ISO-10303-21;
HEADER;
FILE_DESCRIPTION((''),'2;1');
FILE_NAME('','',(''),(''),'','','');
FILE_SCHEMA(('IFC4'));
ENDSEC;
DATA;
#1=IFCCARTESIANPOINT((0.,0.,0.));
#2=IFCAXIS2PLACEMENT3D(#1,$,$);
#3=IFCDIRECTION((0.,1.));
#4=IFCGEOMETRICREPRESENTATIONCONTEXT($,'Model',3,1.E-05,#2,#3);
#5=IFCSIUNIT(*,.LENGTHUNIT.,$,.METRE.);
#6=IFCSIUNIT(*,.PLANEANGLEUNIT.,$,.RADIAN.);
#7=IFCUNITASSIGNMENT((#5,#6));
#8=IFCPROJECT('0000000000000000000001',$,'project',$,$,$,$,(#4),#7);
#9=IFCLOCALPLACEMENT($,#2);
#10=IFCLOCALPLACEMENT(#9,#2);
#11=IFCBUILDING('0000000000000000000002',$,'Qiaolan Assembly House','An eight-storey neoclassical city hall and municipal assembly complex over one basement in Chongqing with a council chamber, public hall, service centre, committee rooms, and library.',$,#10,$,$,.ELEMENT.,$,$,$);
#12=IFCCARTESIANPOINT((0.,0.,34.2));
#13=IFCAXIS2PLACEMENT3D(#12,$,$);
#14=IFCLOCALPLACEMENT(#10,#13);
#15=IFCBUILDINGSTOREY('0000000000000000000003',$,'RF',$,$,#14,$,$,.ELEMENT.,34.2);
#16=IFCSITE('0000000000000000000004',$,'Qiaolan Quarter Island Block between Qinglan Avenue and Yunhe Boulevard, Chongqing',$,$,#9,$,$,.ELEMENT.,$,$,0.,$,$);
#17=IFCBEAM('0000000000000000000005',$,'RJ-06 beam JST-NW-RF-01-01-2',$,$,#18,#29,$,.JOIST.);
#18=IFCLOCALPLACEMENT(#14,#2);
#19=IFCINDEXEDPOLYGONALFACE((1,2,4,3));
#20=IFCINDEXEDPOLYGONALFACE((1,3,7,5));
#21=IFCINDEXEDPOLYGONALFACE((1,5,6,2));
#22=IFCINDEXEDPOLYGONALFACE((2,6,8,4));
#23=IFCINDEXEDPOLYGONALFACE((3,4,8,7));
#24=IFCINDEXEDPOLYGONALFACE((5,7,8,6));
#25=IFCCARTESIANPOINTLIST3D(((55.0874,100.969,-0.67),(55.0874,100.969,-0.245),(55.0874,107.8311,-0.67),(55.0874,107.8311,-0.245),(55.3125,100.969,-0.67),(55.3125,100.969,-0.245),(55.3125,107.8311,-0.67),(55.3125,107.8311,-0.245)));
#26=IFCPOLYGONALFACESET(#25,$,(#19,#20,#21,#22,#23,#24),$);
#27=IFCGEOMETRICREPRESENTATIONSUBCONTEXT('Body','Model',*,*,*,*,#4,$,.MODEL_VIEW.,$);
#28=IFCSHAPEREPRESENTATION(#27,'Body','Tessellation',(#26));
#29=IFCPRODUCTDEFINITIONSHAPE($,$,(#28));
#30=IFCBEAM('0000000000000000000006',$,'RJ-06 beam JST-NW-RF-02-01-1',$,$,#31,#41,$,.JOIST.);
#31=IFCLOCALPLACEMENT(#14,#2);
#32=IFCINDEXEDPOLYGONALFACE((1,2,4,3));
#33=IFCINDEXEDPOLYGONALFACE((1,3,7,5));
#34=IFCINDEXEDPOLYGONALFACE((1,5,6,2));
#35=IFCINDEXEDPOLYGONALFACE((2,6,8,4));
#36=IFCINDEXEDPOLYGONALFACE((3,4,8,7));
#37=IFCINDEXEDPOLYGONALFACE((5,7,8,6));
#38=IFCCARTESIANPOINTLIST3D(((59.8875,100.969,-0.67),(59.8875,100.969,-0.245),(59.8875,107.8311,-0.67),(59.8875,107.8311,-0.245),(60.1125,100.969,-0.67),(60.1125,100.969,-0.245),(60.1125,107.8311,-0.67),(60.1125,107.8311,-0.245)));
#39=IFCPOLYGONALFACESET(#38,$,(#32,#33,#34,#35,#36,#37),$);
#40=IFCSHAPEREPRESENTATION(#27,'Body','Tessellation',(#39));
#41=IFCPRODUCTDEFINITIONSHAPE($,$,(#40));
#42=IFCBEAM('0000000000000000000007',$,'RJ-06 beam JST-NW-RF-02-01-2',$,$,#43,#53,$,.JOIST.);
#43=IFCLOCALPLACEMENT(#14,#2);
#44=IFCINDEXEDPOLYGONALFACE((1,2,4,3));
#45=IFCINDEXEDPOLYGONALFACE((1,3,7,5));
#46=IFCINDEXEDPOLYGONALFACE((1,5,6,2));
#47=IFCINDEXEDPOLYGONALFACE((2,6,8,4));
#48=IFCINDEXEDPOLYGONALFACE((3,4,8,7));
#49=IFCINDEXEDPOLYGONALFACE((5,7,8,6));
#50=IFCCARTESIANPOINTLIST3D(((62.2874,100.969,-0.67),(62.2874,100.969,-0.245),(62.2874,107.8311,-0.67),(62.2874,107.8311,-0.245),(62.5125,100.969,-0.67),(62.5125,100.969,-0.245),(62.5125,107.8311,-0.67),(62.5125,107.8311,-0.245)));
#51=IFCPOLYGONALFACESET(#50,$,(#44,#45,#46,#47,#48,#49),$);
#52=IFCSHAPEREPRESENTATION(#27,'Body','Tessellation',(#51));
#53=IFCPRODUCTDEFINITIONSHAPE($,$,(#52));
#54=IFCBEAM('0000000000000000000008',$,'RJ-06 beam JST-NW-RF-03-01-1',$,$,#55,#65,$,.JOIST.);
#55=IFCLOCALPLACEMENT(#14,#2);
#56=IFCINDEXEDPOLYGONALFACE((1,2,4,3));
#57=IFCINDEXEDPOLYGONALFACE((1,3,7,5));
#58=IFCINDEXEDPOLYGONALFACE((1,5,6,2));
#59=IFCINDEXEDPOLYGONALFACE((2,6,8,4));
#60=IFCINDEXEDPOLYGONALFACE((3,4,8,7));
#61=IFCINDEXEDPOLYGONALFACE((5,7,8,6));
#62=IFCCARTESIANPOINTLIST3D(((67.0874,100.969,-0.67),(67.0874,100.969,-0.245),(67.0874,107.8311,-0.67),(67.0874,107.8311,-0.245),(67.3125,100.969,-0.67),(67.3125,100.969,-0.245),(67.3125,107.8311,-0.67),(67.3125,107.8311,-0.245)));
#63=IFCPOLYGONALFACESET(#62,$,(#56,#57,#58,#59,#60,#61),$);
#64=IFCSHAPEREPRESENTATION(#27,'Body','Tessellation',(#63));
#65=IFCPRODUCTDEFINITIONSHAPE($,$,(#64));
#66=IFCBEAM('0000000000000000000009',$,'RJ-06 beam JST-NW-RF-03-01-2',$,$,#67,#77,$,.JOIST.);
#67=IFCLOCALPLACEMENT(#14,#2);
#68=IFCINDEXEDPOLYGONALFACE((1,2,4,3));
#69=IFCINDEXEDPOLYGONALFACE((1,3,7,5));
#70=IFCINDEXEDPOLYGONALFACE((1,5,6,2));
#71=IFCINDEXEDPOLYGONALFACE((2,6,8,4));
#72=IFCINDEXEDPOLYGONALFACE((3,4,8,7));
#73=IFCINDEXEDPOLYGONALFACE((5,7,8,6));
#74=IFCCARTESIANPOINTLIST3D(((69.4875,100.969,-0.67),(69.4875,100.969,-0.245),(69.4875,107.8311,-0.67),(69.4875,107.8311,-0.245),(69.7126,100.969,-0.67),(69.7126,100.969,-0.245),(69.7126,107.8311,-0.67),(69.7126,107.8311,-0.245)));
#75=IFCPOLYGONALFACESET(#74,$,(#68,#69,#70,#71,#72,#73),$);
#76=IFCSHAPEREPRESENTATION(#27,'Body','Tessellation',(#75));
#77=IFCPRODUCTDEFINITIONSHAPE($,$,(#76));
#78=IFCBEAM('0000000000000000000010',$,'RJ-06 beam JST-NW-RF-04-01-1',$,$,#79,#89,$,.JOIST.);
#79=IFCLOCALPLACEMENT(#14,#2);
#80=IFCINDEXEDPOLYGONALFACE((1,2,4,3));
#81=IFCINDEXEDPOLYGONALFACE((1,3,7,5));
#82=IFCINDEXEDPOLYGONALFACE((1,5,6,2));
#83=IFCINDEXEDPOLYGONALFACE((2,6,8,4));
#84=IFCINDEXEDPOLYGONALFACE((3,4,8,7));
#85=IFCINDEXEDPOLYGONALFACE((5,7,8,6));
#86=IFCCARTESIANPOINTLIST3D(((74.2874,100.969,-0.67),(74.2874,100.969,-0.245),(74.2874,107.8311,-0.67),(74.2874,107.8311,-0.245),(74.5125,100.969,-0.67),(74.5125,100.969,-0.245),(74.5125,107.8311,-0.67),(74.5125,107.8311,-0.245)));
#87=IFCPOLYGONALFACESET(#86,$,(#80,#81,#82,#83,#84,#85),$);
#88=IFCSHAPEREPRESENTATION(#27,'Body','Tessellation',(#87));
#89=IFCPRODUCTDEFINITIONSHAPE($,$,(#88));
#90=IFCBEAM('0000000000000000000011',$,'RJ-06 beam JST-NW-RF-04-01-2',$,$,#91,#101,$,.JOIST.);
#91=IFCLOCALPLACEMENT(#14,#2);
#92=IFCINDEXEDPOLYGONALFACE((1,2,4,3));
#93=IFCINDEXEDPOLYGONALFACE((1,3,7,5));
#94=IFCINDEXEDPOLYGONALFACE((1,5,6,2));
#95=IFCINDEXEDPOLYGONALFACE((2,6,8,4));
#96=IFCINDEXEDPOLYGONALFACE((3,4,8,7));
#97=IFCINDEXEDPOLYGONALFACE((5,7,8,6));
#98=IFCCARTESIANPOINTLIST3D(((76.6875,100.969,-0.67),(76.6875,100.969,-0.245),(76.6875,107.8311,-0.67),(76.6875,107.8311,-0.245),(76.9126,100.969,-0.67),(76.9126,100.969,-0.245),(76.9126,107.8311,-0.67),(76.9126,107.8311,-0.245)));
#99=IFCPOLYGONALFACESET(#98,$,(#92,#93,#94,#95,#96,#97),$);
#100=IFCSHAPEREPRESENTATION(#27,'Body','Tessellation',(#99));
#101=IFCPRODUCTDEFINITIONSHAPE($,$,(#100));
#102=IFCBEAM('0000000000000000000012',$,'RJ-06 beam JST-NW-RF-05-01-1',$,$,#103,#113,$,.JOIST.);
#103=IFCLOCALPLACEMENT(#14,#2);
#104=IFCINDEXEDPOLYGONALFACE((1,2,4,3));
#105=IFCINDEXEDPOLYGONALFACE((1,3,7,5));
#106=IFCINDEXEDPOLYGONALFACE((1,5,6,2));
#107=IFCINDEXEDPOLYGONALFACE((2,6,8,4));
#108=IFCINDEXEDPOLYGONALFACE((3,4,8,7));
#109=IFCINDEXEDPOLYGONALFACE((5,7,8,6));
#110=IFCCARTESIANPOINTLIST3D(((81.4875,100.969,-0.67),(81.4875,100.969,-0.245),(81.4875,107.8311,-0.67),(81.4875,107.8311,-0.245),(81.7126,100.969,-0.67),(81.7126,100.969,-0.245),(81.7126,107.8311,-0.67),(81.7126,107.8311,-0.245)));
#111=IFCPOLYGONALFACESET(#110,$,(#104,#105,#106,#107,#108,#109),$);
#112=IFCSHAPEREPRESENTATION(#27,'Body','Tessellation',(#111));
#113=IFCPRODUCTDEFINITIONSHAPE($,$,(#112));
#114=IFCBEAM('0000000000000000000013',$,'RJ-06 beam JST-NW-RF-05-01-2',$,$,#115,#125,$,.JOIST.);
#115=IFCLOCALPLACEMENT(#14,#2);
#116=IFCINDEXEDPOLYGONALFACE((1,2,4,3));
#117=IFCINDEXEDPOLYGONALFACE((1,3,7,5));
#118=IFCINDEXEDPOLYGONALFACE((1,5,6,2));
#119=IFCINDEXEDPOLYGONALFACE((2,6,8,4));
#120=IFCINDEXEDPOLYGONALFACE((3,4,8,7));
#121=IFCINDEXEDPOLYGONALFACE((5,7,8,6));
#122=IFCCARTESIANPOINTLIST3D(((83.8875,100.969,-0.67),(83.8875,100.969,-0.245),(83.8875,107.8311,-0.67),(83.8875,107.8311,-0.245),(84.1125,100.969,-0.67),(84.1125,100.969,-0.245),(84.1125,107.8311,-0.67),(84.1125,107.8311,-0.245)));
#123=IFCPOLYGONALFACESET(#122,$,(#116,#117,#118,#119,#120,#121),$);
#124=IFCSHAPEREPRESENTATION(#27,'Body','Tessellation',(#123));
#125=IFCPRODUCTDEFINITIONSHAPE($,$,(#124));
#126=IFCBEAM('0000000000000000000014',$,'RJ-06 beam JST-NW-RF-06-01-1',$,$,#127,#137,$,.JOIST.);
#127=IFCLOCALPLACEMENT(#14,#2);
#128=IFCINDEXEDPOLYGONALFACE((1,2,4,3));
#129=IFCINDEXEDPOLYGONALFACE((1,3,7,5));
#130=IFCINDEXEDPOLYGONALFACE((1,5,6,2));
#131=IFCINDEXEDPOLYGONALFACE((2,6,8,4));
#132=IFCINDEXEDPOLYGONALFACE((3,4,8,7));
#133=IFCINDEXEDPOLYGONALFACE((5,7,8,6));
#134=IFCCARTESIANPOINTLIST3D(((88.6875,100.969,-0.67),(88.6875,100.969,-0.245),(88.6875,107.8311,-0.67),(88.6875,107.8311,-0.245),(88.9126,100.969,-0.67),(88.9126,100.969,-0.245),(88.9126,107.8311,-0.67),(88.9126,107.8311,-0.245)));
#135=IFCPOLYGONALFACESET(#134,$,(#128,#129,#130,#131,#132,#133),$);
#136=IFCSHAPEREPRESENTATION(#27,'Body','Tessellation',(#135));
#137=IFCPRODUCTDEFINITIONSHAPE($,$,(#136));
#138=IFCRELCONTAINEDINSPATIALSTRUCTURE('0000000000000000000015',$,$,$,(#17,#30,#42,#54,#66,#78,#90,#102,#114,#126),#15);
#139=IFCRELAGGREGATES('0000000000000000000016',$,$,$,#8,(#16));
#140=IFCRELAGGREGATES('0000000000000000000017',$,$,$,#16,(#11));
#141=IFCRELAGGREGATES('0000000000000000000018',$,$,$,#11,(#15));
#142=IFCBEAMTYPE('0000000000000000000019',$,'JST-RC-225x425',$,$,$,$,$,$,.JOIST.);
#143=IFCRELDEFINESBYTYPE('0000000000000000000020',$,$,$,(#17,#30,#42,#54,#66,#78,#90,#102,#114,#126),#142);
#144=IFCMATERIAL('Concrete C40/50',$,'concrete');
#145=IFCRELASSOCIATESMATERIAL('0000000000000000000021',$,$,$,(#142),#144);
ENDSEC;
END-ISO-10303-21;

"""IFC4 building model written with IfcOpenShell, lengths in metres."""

from ifc_helpers import new_model, si_unit, direction, frame, origin, origin_2d, place, context, subcontext, project, spatial, rectangle, extrude, material, material_profile, profile_set, type_object, element, save


model = new_model("IFC4")

# Units and contexts
model_context = context("Model", 3, precision=1e-05, world=origin(), true_north=direction((0.0, 1.0)))
body_context = subcontext(model_context, "Body", "Model", "MODEL_VIEW")
ifc_project = project(units=[si_unit("LENGTHUNIT", "METRE"), si_unit("PLANEANGLEUNIT", "RADIAN")], contexts=[model_context])

# Site, building, storey
site_placement = place(None, origin())
site = spatial("IfcSite", under=ifc_project, at=site_placement, Name="Qiaolan Quarter Island Block between Qinglan Avenue and Yunhe Boulevard, Chongqing", CompositionType="ELEMENT", RefElevation=0.0)
building_placement = place(site_placement, origin())
building = spatial("IfcBuilding", under=site, at=building_placement, Name="Qiaolan Assembly House", Description="An eight-storey neoclassical city hall and municipal assembly complex over one basement in Chongqing with a council chamber, public hall, service centre, committee rooms, and library.", CompositionType="ELEMENT")
storey_placement = place(building_placement, frame((0.0, 0.0, 34.2)))
storey = spatial("IfcBuildingStorey", under=building, at=storey_placement, Name="RF", CompositionType="ELEMENT", Elevation=34.2)

# Beams
ifc_material = material(Name="Concrete C40/50", Category="concrete")
ifc_material_profile_1 = material_profile(ifc_material, rectangle(XDim=0.2251, YDim=0.425, at=origin_2d()), Name="RCB 225x425")
ifc_profile_set_1 = profile_set([ifc_material_profile_1], Name="Concrete C40/50")
beam_type_1 = type_object("IfcBeamType", Name="JST-RC-225x425", PredefinedType="JOIST", material=ifc_profile_set_1)
for number, where, z_axis, x_axis, name in (
    (1, (55.2, 100.969, -0.4575), (0.0, 1.0, 0.0), (-1.0, 0.0, 0.0), "RJ-06 beam JST-NW-RF-01-01-2"),
    (2, (60.0, 100.969, -0.4575), (0.0, 1.0, 0.0), (-1.0, 0.0, 0.0), "RJ-06 beam JST-NW-RF-02-01-1"),
    (3, (62.3999, 100.969, -0.4575), (0.0, 1.0, 0.0), (-1.0, 0.0, 0.0), "RJ-06 beam JST-NW-RF-02-01-2"),
    (4, (67.2, 100.969, -0.4575), (0.0, 1.0, 0.0), (-1.0, 0.0, 0.0), "RJ-06 beam JST-NW-RF-03-01-1"),
    (5, (69.6001, 100.969, -0.4575), (0.0, 1.0, 0.0), (-1.0, 0.0, 0.0), "RJ-06 beam JST-NW-RF-03-01-2"),
    (6, (74.3999, 100.969, -0.4575), (0.0, 1.0, 0.0), (-1.0, 0.0, 0.0), "RJ-06 beam JST-NW-RF-04-01-1"),
    (7, (76.8, 100.969, -0.4575), (0.0, 1.0, 0.0), (-1.0, 0.0, 0.0), "RJ-06 beam JST-NW-RF-04-01-2"),
    (8, (81.6001, 100.969, -0.4575), (0.0, 1.0, 0.0), (-1.0, 0.0, 0.0), "RJ-06 beam JST-NW-RF-05-01-1"),
    (9, (84.0, 100.969, -0.4575), (0.0, 1.0, 0.0), (-1.0, 0.0, 0.0), "RJ-06 beam JST-NW-RF-05-01-2"),
    (10, (88.8, 100.969, -0.4575), (0.0, 1.0, 0.0), (-1.0, 0.0, 0.0), "RJ-06 beam JST-NW-RF-06-01-1"),
):
    element("IfcBeam", number, at=place(storey_placement, frame(where, z_axis=z_axis, x_axis=x_axis)), inside=storey, type_object=beam_type_1, Name=name, PredefinedType="JOIST", context=body_context, shape_type="SweptSolid", body=[
        extrude(rectangle(XDim=0.2251, YDim=0.425, at=origin_2d()), origin(), (0.0, 0.0, 1.0), 6.8621),
    ])

save(model, "model.ifc")
